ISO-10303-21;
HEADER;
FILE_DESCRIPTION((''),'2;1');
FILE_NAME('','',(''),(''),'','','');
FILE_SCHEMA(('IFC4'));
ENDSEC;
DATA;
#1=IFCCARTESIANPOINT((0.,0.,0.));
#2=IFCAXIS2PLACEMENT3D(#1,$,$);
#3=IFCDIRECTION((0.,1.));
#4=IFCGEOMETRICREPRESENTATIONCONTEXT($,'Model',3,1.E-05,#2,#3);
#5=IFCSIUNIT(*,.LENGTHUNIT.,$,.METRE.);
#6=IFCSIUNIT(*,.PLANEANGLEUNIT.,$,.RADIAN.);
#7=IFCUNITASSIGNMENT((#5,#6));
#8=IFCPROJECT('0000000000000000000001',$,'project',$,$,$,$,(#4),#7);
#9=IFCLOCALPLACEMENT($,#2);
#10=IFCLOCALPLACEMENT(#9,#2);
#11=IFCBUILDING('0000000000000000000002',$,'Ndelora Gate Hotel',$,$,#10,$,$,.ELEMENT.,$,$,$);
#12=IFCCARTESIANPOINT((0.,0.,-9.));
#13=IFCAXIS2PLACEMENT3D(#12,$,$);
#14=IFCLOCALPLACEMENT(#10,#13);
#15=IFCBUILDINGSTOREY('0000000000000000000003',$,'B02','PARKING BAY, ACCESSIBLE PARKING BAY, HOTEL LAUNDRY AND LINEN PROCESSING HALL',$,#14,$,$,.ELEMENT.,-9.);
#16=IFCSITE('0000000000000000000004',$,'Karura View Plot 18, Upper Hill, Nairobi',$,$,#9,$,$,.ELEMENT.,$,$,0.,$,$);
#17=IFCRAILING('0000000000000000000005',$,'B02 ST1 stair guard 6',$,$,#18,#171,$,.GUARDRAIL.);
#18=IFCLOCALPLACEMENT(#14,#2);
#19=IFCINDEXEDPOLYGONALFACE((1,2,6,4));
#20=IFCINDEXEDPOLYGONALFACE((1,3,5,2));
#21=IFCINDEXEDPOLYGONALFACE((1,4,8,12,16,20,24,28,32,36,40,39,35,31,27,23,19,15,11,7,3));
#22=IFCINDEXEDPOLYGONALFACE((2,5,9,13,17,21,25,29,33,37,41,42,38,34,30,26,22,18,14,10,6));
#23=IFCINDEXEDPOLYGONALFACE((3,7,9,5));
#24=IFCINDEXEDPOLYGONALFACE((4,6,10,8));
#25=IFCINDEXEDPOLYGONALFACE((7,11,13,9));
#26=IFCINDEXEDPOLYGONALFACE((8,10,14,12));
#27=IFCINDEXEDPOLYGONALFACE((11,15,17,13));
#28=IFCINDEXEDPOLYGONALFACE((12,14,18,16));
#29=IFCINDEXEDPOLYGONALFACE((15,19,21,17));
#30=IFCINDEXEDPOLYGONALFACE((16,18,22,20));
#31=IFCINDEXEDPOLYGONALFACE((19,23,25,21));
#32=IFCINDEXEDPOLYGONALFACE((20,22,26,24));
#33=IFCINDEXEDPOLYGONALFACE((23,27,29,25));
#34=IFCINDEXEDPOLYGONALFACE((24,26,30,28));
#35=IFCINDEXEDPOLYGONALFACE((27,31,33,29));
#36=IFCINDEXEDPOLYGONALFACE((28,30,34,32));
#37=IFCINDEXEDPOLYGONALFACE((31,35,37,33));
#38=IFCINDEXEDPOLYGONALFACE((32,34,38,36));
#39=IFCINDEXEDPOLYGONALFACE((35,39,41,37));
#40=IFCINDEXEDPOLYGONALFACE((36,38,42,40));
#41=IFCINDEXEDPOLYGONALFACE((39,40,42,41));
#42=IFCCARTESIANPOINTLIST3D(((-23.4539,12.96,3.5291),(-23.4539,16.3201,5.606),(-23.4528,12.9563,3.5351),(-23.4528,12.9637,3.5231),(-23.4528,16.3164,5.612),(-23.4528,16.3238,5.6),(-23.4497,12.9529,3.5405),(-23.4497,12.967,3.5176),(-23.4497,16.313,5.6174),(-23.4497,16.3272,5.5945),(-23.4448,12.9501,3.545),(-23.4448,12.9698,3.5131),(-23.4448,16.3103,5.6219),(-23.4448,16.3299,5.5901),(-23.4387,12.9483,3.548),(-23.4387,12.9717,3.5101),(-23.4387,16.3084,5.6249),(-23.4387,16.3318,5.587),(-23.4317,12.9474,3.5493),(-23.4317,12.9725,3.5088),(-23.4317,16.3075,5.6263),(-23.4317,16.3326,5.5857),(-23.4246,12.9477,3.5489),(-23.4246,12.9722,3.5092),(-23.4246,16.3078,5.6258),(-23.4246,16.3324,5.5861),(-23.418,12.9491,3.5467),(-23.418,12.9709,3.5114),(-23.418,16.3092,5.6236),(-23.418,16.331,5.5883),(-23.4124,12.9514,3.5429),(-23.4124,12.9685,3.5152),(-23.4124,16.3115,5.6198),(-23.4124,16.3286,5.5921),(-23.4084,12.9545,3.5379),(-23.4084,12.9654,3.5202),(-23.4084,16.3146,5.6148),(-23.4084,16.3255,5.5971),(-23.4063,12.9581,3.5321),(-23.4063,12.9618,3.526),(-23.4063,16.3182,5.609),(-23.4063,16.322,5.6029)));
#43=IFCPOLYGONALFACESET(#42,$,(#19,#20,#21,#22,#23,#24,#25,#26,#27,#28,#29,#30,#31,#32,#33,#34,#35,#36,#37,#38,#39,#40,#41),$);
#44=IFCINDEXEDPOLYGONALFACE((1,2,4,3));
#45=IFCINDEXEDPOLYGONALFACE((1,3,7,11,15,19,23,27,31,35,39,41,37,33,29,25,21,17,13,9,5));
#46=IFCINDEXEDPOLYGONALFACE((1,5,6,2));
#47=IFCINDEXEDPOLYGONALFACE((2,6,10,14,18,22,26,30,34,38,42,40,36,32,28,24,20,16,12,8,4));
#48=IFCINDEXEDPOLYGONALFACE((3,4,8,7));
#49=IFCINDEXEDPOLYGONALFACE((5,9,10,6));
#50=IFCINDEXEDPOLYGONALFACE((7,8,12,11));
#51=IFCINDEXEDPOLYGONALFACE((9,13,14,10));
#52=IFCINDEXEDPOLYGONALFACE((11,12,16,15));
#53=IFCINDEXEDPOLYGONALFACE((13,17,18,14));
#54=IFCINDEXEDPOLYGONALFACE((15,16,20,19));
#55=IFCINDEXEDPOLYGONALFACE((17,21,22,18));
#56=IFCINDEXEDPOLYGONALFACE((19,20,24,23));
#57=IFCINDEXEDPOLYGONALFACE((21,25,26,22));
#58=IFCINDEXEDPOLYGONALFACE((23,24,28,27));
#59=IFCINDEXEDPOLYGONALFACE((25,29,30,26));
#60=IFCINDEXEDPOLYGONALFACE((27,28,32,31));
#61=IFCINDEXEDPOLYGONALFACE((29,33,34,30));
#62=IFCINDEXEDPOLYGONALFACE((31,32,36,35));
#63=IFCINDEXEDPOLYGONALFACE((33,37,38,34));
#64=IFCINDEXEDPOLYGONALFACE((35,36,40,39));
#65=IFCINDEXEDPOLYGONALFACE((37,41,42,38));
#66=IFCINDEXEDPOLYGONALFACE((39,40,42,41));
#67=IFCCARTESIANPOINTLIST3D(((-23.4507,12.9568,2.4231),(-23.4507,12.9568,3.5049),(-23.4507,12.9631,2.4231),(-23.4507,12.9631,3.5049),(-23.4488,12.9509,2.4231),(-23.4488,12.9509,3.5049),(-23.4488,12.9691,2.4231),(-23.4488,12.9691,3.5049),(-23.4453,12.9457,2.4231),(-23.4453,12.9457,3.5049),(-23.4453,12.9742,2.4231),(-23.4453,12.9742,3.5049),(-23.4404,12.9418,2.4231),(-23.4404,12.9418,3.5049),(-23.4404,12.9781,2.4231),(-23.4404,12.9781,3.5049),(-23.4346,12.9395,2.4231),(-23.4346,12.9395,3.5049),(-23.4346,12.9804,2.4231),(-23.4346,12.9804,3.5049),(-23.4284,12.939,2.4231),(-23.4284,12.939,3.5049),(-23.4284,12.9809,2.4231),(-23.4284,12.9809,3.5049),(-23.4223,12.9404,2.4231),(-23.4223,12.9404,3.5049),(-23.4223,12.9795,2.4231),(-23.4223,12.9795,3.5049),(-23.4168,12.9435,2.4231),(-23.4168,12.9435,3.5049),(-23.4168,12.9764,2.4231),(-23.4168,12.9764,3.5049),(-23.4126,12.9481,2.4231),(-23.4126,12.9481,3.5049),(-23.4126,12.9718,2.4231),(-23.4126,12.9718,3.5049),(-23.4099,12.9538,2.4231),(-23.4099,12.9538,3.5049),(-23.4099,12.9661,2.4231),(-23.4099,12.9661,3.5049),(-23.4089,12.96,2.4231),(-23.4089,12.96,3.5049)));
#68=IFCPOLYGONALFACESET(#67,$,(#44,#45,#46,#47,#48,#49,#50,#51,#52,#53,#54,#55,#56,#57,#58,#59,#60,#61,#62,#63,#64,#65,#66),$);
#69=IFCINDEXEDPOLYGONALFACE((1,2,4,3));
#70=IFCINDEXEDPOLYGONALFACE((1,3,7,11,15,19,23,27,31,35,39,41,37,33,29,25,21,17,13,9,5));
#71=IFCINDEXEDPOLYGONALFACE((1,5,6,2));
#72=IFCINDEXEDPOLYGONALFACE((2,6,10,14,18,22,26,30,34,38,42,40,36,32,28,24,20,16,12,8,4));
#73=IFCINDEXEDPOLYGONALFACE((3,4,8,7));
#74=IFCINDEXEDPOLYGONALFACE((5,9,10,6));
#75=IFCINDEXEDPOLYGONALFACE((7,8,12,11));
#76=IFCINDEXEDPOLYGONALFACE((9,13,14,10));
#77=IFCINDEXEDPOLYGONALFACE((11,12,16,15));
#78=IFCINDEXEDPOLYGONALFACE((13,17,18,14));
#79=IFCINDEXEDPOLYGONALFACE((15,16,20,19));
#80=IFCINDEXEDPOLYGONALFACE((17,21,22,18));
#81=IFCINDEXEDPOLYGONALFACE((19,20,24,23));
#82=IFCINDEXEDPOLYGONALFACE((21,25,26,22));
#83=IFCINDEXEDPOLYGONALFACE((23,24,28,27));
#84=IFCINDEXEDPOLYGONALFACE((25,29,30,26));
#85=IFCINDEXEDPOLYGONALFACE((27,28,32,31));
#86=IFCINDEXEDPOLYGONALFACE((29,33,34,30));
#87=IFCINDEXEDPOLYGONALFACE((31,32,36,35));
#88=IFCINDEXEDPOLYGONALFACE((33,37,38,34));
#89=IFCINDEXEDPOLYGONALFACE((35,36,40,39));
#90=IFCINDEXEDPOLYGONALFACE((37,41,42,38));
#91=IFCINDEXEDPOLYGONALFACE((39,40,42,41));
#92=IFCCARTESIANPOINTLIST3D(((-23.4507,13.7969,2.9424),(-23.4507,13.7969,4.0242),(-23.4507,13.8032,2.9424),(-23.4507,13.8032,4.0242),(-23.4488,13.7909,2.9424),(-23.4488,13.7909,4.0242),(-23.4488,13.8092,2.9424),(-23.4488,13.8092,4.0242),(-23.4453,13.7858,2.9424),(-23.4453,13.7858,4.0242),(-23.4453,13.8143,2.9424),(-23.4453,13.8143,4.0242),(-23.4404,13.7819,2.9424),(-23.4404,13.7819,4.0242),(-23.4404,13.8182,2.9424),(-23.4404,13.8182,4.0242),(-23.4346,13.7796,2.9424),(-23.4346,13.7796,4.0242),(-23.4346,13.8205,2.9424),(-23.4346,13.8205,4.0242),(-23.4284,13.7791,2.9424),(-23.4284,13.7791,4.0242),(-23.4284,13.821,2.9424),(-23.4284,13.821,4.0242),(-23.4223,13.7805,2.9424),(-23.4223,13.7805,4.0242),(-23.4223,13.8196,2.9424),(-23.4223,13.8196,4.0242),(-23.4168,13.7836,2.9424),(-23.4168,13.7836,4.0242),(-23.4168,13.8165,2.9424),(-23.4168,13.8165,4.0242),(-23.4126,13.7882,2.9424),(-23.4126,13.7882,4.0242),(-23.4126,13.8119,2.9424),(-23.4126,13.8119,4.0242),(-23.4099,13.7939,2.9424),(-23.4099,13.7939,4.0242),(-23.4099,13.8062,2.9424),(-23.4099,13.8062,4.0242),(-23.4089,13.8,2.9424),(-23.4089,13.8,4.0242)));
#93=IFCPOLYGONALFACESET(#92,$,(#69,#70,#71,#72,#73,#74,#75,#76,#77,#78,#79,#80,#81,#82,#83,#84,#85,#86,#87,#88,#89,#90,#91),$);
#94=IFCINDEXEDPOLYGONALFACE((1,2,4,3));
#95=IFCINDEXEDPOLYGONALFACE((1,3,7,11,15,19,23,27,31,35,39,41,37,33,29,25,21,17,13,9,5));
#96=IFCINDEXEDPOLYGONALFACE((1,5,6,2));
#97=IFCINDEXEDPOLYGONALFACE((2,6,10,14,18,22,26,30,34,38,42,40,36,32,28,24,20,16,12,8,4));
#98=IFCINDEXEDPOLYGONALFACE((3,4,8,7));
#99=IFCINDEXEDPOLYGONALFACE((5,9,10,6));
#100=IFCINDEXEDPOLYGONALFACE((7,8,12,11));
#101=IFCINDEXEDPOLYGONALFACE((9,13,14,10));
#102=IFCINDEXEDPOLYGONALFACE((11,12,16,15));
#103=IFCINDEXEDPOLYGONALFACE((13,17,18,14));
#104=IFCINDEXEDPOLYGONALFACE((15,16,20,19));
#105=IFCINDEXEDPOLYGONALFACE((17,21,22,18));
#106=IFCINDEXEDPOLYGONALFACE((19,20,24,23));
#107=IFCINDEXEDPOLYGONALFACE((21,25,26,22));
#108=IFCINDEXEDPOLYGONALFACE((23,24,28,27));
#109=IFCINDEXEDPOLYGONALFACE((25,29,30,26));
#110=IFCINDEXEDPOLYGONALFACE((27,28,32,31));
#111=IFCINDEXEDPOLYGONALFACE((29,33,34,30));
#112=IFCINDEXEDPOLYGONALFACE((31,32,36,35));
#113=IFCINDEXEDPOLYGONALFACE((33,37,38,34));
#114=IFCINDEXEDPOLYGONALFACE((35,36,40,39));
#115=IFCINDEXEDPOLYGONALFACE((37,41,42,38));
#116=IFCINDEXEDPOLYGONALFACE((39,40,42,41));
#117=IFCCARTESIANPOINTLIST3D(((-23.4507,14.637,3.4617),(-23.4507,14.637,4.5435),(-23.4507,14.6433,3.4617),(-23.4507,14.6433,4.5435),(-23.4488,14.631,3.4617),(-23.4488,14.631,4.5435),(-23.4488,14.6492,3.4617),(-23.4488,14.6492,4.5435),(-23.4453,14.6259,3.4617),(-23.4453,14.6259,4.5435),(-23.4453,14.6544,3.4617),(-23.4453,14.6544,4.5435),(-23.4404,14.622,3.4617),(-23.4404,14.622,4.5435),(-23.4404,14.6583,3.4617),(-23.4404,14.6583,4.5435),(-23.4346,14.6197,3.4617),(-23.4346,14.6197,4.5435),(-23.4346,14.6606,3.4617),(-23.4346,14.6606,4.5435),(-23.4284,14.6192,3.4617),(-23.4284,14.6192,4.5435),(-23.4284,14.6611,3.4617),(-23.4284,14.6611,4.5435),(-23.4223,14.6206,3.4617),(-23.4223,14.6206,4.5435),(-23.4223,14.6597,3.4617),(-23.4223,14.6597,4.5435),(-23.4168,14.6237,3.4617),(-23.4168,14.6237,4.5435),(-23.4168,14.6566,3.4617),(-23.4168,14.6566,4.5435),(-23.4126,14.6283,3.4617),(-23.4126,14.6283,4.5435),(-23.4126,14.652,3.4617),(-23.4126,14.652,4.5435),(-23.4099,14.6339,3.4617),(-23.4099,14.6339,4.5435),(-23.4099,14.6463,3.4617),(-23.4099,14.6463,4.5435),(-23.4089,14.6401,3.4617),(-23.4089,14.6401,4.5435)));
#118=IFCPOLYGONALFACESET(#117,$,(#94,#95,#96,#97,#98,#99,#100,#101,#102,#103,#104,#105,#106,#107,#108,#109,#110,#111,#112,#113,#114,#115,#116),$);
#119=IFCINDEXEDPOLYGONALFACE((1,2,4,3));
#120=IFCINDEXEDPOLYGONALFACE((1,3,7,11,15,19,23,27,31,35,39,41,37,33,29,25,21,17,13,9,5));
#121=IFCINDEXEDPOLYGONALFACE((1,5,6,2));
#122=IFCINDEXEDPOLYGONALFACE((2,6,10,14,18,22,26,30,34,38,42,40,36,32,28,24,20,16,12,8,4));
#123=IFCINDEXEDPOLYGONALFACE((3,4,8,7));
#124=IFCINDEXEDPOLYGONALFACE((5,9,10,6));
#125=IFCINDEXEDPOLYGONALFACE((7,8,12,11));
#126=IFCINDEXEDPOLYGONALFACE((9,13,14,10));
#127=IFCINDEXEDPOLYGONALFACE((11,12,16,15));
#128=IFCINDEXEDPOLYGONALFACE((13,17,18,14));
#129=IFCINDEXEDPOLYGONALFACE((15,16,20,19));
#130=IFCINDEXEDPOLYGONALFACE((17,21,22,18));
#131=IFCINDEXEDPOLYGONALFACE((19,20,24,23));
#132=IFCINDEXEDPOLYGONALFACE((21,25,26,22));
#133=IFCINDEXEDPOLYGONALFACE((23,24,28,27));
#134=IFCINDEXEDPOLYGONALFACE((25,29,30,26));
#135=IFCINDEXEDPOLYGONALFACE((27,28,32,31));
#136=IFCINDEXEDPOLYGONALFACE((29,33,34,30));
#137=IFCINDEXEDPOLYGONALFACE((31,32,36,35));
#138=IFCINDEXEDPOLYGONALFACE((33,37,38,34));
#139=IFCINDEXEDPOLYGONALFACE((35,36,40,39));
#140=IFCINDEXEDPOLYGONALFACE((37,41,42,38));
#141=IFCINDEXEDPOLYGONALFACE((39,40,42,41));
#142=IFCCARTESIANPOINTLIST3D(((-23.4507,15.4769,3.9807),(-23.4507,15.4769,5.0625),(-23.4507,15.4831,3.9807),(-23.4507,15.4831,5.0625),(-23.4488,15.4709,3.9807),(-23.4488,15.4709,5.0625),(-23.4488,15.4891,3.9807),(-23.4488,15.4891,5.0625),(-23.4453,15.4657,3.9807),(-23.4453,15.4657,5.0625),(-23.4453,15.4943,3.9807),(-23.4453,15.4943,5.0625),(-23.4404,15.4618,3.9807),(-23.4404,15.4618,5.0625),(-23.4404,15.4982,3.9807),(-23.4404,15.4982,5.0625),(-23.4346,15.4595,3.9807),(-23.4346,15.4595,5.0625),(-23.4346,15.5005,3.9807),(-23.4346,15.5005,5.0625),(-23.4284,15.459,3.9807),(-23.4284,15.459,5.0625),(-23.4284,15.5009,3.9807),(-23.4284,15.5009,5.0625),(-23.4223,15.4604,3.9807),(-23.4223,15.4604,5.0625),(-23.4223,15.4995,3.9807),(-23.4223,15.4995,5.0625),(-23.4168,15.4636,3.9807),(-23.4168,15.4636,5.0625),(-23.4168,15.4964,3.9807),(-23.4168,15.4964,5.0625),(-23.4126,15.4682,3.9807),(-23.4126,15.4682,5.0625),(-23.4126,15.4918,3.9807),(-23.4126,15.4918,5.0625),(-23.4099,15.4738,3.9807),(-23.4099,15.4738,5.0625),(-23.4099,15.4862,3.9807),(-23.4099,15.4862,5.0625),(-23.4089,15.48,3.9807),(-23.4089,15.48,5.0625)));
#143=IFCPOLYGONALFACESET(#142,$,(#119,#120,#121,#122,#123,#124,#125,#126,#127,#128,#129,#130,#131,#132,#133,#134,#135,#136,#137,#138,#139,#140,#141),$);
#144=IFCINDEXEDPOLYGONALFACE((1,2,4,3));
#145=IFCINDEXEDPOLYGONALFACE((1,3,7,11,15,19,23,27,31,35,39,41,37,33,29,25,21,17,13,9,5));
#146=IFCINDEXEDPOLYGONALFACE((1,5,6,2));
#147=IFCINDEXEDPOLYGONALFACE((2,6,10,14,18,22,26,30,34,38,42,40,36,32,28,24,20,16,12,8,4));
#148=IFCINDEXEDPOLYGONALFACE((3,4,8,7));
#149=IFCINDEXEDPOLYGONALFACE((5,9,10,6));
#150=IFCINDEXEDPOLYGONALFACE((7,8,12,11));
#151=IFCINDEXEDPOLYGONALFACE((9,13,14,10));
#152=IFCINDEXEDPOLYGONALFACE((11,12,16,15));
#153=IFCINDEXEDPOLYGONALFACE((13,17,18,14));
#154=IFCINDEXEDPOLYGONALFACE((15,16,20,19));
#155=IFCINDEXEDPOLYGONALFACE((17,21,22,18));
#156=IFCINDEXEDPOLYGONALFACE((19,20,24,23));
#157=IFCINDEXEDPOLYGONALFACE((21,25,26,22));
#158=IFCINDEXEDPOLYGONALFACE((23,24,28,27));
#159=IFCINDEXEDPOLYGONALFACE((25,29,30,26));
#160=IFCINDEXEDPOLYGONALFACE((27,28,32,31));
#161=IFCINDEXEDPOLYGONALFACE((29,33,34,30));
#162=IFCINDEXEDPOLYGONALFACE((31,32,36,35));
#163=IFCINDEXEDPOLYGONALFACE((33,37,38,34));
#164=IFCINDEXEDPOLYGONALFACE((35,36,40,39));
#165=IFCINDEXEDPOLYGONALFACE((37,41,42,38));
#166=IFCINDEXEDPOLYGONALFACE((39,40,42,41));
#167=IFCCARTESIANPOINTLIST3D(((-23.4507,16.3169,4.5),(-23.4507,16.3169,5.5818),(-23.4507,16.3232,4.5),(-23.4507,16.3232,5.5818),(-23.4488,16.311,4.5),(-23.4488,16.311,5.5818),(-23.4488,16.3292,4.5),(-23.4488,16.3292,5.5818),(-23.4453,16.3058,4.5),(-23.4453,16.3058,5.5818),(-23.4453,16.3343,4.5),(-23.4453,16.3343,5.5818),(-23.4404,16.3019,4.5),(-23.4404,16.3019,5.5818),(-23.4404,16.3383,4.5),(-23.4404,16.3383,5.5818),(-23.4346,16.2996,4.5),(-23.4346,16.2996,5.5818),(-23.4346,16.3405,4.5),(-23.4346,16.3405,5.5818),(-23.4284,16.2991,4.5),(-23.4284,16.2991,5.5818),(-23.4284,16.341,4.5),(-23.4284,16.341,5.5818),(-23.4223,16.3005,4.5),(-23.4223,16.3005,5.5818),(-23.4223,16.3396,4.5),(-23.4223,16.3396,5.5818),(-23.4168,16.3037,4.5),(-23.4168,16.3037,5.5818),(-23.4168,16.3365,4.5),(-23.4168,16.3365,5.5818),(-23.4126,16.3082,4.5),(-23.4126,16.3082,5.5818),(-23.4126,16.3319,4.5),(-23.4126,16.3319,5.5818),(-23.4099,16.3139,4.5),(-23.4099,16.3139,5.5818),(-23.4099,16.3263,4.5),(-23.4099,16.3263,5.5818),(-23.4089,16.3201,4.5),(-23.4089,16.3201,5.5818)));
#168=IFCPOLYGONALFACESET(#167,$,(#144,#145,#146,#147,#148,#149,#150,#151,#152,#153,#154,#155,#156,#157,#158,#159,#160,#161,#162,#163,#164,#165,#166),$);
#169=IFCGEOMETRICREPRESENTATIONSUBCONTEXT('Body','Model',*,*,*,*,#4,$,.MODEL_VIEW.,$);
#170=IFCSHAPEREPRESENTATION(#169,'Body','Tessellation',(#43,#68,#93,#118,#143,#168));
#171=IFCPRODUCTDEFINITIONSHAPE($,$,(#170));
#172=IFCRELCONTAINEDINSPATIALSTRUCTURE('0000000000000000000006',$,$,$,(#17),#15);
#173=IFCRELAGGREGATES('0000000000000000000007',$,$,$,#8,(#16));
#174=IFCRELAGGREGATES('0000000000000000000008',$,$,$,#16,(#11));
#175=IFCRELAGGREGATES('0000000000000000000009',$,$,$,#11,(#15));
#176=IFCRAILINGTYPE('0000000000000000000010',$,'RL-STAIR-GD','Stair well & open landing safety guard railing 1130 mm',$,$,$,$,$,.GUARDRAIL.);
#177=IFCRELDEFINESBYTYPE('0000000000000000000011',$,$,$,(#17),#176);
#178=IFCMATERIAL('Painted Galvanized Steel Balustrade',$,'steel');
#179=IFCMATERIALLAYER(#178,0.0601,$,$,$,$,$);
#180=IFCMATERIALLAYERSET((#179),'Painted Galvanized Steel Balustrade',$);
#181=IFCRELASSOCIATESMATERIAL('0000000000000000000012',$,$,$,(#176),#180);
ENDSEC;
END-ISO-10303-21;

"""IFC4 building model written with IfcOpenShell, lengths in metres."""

from ifc_helpers import new_model, si_unit, direction, frame, origin, origin_2d, place, context, subcontext, project, spatial, circle, extrude, material, layer, layer_set, type_object, element, save


model = new_model("IFC4")

# Units and contexts
model_context = context("Model", 3, precision=1e-05, world=origin(), true_north=direction((0.0, 1.0)))
body_context = subcontext(model_context, "Body", "Model", "MODEL_VIEW")
ifc_project = project(units=[si_unit("LENGTHUNIT", "METRE"), si_unit("PLANEANGLEUNIT", "RADIAN")], contexts=[model_context])

# Site, building, storey
site_placement = place(None, origin())
site = spatial("IfcSite", under=ifc_project, at=site_placement, Name="Karura View Plot 18, Upper Hill, Nairobi", CompositionType="ELEMENT", RefElevation=0.0)
building_placement = place(site_placement, origin())
building = spatial("IfcBuilding", under=site, at=building_placement, Name="Ndelora Gate Hotel", CompositionType="ELEMENT")
storey_placement = place(building_placement, frame((0.0, 0.0, -9.0)))
storey = spatial("IfcBuildingStorey", under=building, at=storey_placement, Name="B02", Description="PARKING BAY, ACCESSIBLE PARKING BAY, HOTEL LAUNDRY AND LINEN PROCESSING HALL", CompositionType="ELEMENT", Elevation=-9.0)

# Railing
ifc_material_1 = material(Name="Painted Galvanized Steel Balustrade", Category="steel")
ifc_layer_1 = layer(ifc_material_1, 0.0601)
ifc_layer_set_1 = layer_set([ifc_layer_1], Name="Painted Galvanized Steel Balustrade")
railing_type_1 = type_object("IfcRailingType", Name="RL-STAIR-GD", Description="Stair well & open landing safety guard railing 1130 mm", PredefinedType="GUARDRAIL", material=ifc_layer_set_1)
railing_1_placement = place(storey_placement, frame((-23.4299, 12.96, 2.4231)))
element("IfcRailing", 1, at=railing_1_placement, inside=storey, type_object=railing_type_1, Name="B02 ST1 stair guard 6", PredefinedType="GUARDRAIL", context=body_context, shape_type="SweptSolid", body=[
    extrude(circle(Radius=0.0239, at=origin_2d()), frame((0.0, 0.0, 1.106), z_axis=(0.0, 0.850623, 0.525776), x_axis=(-1.0, 0.0, 0.0)), (0.0, 0.0, 1.0), 3.9502),
    extrude(circle(Radius=0.021, at=origin_2d()), origin(), (0.0, 0.0, 1.0), 1.0818),
    extrude(circle(Radius=0.021, at=origin_2d()), frame((0.0, 0.8401, 0.5193)), (0.0, 0.0, 1.0), 1.0818),
    extrude(circle(Radius=0.021, at=origin_2d()), frame((0.0, 1.6802, 1.0386)), (0.0, 0.0, 1.0), 1.0818),
    extrude(circle(Radius=0.021, at=origin_2d()), frame((0.0, 2.52, 1.5576)), (0.0, 0.0, 1.0), 1.0818),
    extrude(circle(Radius=0.021, at=origin_2d()), frame((0.0, 3.3601, 2.0769)), (0.0, 0.0, 1.0), 1.0818),
])

save(model, "model.ifc")
